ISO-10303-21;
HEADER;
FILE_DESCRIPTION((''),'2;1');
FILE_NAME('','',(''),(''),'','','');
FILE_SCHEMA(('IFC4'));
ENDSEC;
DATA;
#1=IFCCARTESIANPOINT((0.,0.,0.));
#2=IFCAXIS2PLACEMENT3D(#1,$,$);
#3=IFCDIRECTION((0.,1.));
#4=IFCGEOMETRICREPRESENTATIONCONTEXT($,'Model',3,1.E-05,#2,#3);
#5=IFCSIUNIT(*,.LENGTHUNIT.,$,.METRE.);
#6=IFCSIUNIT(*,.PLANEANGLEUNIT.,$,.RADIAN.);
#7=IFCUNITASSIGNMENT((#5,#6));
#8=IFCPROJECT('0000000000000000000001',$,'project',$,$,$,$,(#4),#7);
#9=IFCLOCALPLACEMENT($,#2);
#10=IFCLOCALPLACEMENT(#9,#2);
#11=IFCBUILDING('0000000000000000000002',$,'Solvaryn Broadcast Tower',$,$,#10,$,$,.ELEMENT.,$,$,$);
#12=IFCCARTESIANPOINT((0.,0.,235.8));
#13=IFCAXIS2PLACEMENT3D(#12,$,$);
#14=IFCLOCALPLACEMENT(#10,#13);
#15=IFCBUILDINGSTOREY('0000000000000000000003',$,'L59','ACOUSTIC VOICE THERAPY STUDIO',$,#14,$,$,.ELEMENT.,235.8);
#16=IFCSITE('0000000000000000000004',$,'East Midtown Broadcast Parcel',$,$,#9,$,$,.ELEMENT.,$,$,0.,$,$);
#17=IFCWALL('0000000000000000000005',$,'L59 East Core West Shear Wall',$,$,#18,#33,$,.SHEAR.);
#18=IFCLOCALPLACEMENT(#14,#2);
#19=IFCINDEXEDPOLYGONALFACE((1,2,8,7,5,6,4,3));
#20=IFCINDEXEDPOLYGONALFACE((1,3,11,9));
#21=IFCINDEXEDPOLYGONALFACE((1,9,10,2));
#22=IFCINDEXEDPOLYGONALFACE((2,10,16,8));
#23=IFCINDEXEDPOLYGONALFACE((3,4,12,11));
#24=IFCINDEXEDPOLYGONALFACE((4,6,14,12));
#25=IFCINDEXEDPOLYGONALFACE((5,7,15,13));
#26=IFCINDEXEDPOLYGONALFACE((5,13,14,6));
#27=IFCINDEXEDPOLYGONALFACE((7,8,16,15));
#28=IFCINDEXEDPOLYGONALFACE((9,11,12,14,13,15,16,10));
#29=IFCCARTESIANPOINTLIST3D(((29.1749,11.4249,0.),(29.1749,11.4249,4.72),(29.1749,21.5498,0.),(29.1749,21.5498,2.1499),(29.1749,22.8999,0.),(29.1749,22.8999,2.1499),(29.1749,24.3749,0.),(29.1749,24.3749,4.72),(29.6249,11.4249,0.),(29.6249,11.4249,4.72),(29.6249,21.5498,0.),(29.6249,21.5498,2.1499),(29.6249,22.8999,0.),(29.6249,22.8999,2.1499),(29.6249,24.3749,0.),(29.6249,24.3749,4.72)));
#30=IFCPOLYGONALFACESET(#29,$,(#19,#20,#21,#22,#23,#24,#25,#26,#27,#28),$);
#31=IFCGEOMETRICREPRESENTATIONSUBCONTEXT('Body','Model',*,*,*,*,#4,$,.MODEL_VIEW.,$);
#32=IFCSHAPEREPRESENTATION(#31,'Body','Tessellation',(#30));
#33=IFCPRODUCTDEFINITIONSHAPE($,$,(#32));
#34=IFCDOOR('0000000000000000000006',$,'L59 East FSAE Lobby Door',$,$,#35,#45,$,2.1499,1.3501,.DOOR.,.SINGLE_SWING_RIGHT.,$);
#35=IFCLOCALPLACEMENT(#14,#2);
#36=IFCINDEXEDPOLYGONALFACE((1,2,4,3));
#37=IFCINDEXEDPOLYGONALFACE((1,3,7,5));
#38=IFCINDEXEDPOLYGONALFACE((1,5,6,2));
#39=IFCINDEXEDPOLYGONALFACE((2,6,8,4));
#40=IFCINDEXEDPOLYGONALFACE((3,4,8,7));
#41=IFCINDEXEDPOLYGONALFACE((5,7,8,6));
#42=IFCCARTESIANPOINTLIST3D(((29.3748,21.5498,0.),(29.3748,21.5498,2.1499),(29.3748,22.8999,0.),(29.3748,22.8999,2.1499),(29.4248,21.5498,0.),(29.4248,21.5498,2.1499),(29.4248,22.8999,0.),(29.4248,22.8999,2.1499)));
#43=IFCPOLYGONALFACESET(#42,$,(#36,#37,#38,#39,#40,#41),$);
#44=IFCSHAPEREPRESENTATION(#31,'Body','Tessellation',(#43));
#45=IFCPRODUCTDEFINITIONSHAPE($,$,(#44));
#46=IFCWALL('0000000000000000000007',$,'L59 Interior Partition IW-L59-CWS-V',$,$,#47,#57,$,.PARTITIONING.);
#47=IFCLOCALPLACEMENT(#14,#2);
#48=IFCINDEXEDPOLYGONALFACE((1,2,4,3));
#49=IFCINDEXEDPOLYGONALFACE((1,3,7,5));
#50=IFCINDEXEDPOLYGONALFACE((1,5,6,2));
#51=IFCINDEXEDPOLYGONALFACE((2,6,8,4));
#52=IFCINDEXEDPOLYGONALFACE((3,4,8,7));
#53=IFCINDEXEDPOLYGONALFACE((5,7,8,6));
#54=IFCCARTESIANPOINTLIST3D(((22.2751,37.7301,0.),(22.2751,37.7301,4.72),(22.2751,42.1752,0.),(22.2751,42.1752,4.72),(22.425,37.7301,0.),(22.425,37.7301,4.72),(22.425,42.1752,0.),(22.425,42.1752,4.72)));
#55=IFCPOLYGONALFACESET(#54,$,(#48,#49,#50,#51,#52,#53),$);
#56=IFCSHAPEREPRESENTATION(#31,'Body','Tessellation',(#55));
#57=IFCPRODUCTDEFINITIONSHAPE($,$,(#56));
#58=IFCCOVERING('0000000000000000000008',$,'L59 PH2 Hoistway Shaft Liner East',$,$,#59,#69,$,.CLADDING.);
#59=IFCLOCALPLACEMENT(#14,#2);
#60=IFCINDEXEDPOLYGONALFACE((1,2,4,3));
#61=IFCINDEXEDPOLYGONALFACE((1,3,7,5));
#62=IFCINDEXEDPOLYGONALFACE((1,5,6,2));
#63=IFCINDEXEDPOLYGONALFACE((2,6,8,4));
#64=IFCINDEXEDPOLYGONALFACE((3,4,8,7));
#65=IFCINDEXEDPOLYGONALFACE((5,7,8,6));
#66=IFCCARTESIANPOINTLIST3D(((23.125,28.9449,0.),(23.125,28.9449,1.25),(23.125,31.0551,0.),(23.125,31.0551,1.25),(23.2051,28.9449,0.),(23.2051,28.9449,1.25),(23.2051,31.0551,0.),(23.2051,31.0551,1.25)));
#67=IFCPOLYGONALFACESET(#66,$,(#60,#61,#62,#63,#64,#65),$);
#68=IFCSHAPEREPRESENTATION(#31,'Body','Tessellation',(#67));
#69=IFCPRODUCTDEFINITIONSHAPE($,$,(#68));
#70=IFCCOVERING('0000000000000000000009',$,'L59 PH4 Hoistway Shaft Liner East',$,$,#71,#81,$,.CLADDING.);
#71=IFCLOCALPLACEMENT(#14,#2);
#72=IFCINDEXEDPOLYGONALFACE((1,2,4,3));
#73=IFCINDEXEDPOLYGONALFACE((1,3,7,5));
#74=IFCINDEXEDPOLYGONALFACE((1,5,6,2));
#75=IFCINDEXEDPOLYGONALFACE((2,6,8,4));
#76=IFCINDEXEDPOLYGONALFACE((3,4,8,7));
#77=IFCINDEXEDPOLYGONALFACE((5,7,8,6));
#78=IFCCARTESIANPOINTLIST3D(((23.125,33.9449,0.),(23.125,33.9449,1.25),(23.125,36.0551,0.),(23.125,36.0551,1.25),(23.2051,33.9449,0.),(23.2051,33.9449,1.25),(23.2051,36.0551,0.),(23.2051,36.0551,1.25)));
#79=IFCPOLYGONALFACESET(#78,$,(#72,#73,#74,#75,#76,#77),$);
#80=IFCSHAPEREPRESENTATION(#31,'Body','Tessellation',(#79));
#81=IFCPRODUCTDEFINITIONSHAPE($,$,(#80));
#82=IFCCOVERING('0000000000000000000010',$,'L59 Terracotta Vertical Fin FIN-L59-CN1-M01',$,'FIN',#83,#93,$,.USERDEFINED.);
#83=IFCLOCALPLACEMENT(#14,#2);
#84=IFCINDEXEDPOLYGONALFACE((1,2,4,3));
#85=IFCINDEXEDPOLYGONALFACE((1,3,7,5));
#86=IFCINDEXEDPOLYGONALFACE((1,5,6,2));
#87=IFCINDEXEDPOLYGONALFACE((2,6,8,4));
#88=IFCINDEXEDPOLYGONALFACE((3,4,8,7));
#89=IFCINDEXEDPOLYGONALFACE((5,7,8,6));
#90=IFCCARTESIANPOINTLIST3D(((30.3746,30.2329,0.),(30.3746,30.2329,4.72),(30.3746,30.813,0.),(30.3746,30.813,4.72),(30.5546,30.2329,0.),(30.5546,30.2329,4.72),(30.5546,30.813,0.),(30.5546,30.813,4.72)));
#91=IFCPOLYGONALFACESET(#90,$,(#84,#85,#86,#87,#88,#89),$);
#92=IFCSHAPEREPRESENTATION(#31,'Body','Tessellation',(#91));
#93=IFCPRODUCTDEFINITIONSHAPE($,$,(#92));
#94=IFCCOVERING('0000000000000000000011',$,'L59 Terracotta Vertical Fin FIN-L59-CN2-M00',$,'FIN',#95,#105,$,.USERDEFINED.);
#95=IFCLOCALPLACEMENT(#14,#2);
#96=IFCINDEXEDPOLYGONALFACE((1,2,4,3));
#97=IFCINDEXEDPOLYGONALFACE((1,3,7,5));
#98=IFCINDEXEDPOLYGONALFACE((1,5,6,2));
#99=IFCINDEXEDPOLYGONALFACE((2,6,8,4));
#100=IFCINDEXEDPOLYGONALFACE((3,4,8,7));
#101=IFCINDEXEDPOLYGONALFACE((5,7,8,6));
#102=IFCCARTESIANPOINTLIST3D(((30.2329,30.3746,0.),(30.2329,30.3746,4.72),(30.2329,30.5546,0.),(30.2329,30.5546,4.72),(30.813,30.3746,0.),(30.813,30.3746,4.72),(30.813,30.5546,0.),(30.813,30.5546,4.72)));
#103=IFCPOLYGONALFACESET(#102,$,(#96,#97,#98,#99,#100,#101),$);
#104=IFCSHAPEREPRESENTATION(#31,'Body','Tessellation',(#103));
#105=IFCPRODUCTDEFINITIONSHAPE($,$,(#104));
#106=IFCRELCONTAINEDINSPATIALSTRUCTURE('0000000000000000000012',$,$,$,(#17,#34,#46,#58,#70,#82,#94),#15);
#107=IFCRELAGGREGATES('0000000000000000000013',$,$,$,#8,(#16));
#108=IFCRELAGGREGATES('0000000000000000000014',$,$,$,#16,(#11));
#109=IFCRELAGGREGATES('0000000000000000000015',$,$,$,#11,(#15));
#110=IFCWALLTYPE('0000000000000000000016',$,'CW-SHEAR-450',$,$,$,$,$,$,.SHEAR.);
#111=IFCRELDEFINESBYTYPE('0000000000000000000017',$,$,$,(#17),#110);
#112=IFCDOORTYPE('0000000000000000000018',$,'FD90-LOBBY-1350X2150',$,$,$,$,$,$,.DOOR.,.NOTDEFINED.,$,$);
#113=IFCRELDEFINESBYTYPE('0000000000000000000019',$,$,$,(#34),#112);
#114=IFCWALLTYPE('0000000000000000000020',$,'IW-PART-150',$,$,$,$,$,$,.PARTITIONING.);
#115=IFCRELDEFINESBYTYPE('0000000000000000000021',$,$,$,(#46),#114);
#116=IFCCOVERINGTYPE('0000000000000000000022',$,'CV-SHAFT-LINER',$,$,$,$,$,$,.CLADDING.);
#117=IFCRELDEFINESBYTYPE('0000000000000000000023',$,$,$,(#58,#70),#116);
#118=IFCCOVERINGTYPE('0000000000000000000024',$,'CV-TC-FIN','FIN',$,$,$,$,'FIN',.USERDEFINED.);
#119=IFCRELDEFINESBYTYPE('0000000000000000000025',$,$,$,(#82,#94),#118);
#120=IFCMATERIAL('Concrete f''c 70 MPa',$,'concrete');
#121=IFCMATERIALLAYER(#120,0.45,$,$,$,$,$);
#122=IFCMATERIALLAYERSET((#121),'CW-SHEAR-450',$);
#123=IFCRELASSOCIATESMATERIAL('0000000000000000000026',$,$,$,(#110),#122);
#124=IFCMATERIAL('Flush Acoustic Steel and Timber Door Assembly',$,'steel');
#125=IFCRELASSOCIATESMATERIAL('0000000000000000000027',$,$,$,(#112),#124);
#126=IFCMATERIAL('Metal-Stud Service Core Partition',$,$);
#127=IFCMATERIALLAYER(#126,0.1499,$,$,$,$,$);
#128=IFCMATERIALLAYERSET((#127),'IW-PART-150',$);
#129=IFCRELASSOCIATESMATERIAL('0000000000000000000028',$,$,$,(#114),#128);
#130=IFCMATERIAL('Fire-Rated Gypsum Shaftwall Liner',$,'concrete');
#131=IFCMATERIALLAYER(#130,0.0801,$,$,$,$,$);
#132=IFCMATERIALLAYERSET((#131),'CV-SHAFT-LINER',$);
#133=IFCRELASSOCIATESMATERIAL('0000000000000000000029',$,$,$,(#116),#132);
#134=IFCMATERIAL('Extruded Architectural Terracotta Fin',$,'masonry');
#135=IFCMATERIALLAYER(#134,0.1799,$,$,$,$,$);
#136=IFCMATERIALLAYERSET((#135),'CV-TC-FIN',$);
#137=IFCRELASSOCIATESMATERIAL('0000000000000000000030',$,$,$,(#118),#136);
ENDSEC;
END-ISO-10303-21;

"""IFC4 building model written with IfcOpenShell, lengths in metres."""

from ifc_helpers import new_model, si_unit, direction, frame, frame_2d, origin, origin_2d, place, context, subcontext, project, spatial, rectangle, extrude, material, layer, layer_set, type_object, element, fill, save


model = new_model("IFC4")

# Units and contexts
model_context = context("Model", 3, precision=1e-05, world=origin(), true_north=direction((0.0, 1.0)))
body_context = subcontext(model_context, "Body", "Model", "MODEL_VIEW")
ifc_project = project(units=[si_unit("LENGTHUNIT", "METRE"), si_unit("PLANEANGLEUNIT", "RADIAN")], contexts=[model_context])

# Site, building, storey
site_placement = place(None, origin())
site = spatial("IfcSite", under=ifc_project, at=site_placement, Name="East Midtown Broadcast Parcel", CompositionType="ELEMENT", RefElevation=0.0)
building_placement = place(site_placement, origin())
building = spatial("IfcBuilding", under=site, at=building_placement, Name="Solvaryn Broadcast Tower", CompositionType="ELEMENT")
storey_placement = place(building_placement, frame((0.0, 0.0, 235.8)))
storey = spatial("IfcBuildingStorey", under=building, at=storey_placement, Name="L59", Description="ACOUSTIC VOICE THERAPY STUDIO", CompositionType="ELEMENT", Elevation=235.8)

# Shared definitions
ifc_material_1 = material(Name="Concrete f'c 70 MPa", Category="concrete")
ifc_layer_1 = layer(ifc_material_1, 0.45)
ifc_layer_set_1 = layer_set([ifc_layer_1], Name="CW-SHEAR-450")
wall_type_1 = type_object("IfcWallType", Name="CW-SHEAR-450", PredefinedType="SHEAR", material=ifc_layer_set_1)

# Wall, opening, door
wall_1_placement = place(storey_placement, frame((29.3999, 24.375, 0.0), z_axis=(0.0, 0.0, 1.0), x_axis=(0.0, -1.0, 0.0)))
wall_1 = element("IfcWall", 1, at=wall_1_placement, inside=storey, type_object=wall_type_1, Name="L59 East Core West Shear Wall", PredefinedType="SHEAR", context=body_context, shape_type="SweptSolid", body=[
    extrude(rectangle(XDim=12.95, YDim=0.45, at=frame_2d((6.4751, 0.0))), origin(), (0.0, 0.0, 1.0), 4.72),
])
opening_1_placement = place(wall_1_placement, frame((1.4751, 0.0, 0.0)))
opening_1 = element("IfcOpeningElement", 2, at=opening_1_placement, cuts=wall_1, PredefinedType="OPENING", context=body_context, shape_type="SweptSolid", body=[
    extrude(rectangle(XDim=1.3501, YDim=2.1499, at=frame_2d((0.675, 1.075))), frame((0.0, 0.2351, 0.0), z_axis=(0.0, -1.0, 0.0), x_axis=(1.0, 0.0, 0.0)), (0.0, 0.0, 1.0), 0.47),
])
ifc_material_2 = material(Name="Flush Acoustic Steel and Timber Door Assembly", Category="steel")
door_type_1 = type_object("IfcDoorType", Name="FD90-LOBBY-1350X2150", OperationType="NOTDEFINED", PredefinedType="DOOR", material=ifc_material_2)
door_1_placement = place(opening_1_placement, origin())
door_1 = element("IfcDoor", 3, at=door_1_placement, inside=storey, type_object=door_type_1, Name="L59 East FSAE Lobby Door", OperationType="SINGLE_SWING_RIGHT", OverallHeight=2.1499, OverallWidth=1.3501, PredefinedType="DOOR", context=body_context, shape_type="SweptSolid", body=[
    extrude(rectangle(XDim=1.3501, YDim=2.1499, at=frame_2d((0.675, 1.075))), frame((0.0, 0.0249, 0.0), z_axis=(0.0, -1.0, 0.0), x_axis=(1.0, 0.0, 0.0)), (0.0, 0.0, 1.0), 0.05),
])
fill(opening_1, door_1)

# Wall
ifc_material_3 = material(Name="Metal-Stud Service Core Partition")
ifc_layer_2 = layer(ifc_material_3, 0.1499)
ifc_layer_set_2 = layer_set([ifc_layer_2], Name="IW-PART-150")
wall_type_2 = type_object("IfcWallType", Name="IW-PART-150", PredefinedType="PARTITIONING", material=ifc_layer_set_2)
wall_2_placement = place(storey_placement, frame((22.3501, 37.73, 0.0), z_axis=(0.0, 0.0, 1.0), x_axis=(0.0, 1.0, 0.0)))
element("IfcWall", 4, at=wall_2_placement, inside=storey, type_object=wall_type_2, Name="L59 Interior Partition IW-L59-CWS-V", PredefinedType="PARTITIONING", context=body_context, shape_type="SweptSolid", body=[
    extrude(rectangle(XDim=4.4451, YDim=0.1499, at=frame_2d((2.2227, 0.0))), origin(), (0.0, 0.0, 1.0), 4.72),
])

# Coverings
ifc_material_4 = material(Name="Fire-Rated Gypsum Shaftwall Liner", Category="concrete")
ifc_layer_3 = layer(ifc_material_4, 0.0801)
ifc_layer_set_3 = layer_set([ifc_layer_3], Name="CV-SHAFT-LINER")
covering_type_1 = type_object("IfcCoveringType", Name="CV-SHAFT-LINER", PredefinedType="CLADDING", material=ifc_layer_set_3)
for number, where, z_axis, x_axis, name in (
    (5, (23.165, 30.0, 0.0), (0.0, 0.0, 1.0), (1.0, 0.0, 0.0), "L59 PH2 Hoistway Shaft Liner East"),
    (6, (23.165, 35.0, 0.0), (0.0, 0.0, 1.0), (1.0, 0.0, 0.0), "L59 PH4 Hoistway Shaft Liner East"),
):
    element("IfcCovering", number, at=place(storey_placement, frame(where, z_axis=z_axis, x_axis=x_axis)), inside=storey, type_object=covering_type_1, Name=name, PredefinedType="CLADDING", context=body_context, shape_type="SweptSolid", body=[
        extrude(rectangle(XDim=0.0801, YDim=2.1101, at=origin_2d()), origin(), (0.0, 0.0, 1.0), 1.25),
    ])
ifc_material_5 = material(Name="Extruded Architectural Terracotta Fin", Category="masonry")
ifc_layer_4 = layer(ifc_material_5, 0.1799)
ifc_layer_set_4 = layer_set([ifc_layer_4], Name="CV-TC-FIN")
covering_type_2 = type_object("IfcCoveringType", Name="CV-TC-FIN", Description="FIN", ElementType="FIN", PredefinedType="USERDEFINED", material=ifc_layer_set_4)
covering_1_placement = place(storey_placement, frame((30.4646, 30.5229, 0.0), z_axis=(0.0, 0.0, 1.0), x_axis=(1.0, 0.0, 0.0)))
element("IfcCovering", 7, at=covering_1_placement, inside=storey, type_object=covering_type_2, Name="L59 Terracotta Vertical Fin FIN-L59-CN1-M01", ObjectType="FIN", PredefinedType="USERDEFINED", context=body_context, shape_type="SweptSolid", body=[
    extrude(rectangle(XDim=0.1799, YDim=0.5801, at=origin_2d()), origin(), (0.0, 0.0, 1.0), 4.72),
])
covering_2_placement = place(storey_placement, frame((30.5229, 30.4646, 0.0), z_axis=(0.0, 0.0, 1.0), x_axis=(1.0, 0.0, 0.0)))
element("IfcCovering", 8, at=covering_2_placement, inside=storey, type_object=covering_type_2, Name="L59 Terracotta Vertical Fin FIN-L59-CN2-M00", ObjectType="FIN", PredefinedType="USERDEFINED", context=body_context, shape_type="SweptSolid", body=[
    extrude(rectangle(XDim=0.5801, YDim=0.1799, at=origin_2d()), origin(), (0.0, 0.0, 1.0), 4.72),
])

save(model, "model.ifc")
